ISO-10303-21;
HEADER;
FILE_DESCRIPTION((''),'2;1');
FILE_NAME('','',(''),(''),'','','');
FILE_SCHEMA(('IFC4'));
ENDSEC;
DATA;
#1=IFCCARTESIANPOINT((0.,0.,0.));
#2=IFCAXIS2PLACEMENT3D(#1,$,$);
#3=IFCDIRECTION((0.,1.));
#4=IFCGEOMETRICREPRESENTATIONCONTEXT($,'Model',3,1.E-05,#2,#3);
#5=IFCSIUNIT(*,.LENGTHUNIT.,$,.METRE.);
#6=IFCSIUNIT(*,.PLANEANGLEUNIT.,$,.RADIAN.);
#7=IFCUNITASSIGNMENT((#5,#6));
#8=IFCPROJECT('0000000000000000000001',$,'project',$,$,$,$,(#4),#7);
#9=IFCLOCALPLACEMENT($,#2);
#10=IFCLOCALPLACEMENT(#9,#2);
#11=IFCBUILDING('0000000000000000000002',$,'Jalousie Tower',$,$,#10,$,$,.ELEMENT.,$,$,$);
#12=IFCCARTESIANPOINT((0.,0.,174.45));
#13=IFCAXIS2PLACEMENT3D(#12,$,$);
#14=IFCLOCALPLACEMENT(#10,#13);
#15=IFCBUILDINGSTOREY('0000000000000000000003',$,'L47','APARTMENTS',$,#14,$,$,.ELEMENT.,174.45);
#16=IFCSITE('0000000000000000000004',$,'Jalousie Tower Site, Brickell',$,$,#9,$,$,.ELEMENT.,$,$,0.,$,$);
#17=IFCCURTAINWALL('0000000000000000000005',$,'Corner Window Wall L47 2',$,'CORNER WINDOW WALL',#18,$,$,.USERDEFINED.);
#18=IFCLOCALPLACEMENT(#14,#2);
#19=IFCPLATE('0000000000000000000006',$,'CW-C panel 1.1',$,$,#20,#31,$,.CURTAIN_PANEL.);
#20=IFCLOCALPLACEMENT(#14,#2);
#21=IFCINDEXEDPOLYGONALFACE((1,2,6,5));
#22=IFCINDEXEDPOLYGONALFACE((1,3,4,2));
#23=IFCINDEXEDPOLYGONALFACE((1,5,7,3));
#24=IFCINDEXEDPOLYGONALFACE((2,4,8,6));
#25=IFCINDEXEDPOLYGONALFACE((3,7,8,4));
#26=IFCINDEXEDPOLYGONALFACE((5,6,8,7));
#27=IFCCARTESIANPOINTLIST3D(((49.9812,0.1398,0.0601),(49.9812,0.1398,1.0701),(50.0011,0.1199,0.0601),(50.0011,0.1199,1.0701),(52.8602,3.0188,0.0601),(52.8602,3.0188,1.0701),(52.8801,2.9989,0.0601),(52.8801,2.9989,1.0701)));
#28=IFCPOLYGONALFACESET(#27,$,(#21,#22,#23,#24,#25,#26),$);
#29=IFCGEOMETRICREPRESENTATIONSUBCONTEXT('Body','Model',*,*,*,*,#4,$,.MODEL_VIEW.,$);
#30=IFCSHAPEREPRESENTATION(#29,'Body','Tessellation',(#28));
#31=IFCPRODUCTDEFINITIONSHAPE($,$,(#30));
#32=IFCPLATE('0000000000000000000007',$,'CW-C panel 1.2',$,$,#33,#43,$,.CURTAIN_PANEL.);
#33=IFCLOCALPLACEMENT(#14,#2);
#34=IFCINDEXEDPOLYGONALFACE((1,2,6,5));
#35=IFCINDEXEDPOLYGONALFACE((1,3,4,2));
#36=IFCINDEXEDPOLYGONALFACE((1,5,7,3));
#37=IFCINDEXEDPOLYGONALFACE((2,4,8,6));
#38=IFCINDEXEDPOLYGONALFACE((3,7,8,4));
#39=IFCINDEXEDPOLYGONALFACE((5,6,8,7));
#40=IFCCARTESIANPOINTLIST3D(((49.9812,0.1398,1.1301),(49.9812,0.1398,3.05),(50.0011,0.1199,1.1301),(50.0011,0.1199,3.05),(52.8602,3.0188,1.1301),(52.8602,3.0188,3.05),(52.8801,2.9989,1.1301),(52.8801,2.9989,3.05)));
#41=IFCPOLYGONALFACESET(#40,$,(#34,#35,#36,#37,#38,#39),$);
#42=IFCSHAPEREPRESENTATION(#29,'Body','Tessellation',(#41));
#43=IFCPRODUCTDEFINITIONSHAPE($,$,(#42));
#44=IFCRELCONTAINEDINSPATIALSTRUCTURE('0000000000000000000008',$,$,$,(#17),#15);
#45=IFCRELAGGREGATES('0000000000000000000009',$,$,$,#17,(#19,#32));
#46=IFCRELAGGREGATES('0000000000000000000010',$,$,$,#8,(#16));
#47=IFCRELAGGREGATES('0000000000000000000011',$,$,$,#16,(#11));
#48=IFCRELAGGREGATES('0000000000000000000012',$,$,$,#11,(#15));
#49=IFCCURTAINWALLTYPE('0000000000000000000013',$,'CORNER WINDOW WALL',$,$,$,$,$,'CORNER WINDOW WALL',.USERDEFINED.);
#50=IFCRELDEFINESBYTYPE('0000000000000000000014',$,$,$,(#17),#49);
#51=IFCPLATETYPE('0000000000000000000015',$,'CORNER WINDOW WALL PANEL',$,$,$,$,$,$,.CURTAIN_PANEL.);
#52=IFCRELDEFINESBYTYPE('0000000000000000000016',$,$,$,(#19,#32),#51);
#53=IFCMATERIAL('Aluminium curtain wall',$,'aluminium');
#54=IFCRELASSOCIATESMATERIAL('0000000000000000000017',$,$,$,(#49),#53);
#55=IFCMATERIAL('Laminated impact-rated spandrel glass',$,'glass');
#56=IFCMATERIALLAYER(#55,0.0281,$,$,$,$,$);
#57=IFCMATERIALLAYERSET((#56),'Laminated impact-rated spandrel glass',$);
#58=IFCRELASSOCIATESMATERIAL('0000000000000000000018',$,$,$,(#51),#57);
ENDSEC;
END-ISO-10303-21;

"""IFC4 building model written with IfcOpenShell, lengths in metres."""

from ifc_helpers import new_model, si_unit, direction, frame, origin, origin_2d, place, context, subcontext, project, spatial, rectangle, extrude, material, layer, layer_set, type_object, element, aggregate, save


model = new_model("IFC4")

# Units and contexts
model_context = context("Model", 3, precision=1e-05, world=origin(), true_north=direction((0.0, 1.0)))
body_context = subcontext(model_context, "Body", "Model", "MODEL_VIEW")
ifc_project = project(units=[si_unit("LENGTHUNIT", "METRE"), si_unit("PLANEANGLEUNIT", "RADIAN")], contexts=[model_context])

# Site, building, storey
site_placement = place(None, origin())
site = spatial("IfcSite", under=ifc_project, at=site_placement, Name="Jalousie Tower Site, Brickell", CompositionType="ELEMENT", RefElevation=0.0)
building_placement = place(site_placement, origin())
building = spatial("IfcBuilding", under=site, at=building_placement, Name="Jalousie Tower", CompositionType="ELEMENT")
storey_placement = place(building_placement, frame((0.0, 0.0, 174.45)))
storey = spatial("IfcBuildingStorey", under=building, at=storey_placement, Name="L47", Description="APARTMENTS", CompositionType="ELEMENT", Elevation=174.45)

# Curtain wall
ifc_material_1 = material(Name="Aluminium curtain wall", Category="aluminium")
curtain_wall_type_1 = type_object("IfcCurtainWallType", Name="CORNER WINDOW WALL", ElementType="CORNER WINDOW WALL", PredefinedType="USERDEFINED", material=ifc_material_1)
curtain_wall_1_placement = place(storey_placement, origin())
curtain_wall_1 = element("IfcCurtainWall", 1, at=curtain_wall_1_placement, inside=storey, type_object=curtain_wall_type_1, Name="Corner Window Wall L47 2", ObjectType="CORNER WINDOW WALL", PredefinedType="USERDEFINED")

# Plates
ifc_material_2 = material(Name="Laminated impact-rated spandrel glass", Category="glass")
ifc_layer = layer(ifc_material_2, 0.0281)
ifc_layer_set = layer_set([ifc_layer], Name="Laminated impact-rated spandrel glass")
plate_type = type_object("IfcPlateType", Name="CORNER WINDOW WALL PANEL", PredefinedType="CURTAIN_PANEL", material=ifc_layer_set)
plate_1_placement = place(storey_placement, frame((51.4307, 1.5693, 0.0601), z_axis=(0.0, 0.0, 1.0), x_axis=(0.707107, 0.707107, 0.0)))
plate_1 = element("IfcPlate", 2, at=plate_1_placement, type_object=plate_type, Name="CW-C panel 1.1", PredefinedType="CURTAIN_PANEL", context=body_context, shape_type="SweptSolid", body=[
    extrude(rectangle(XDim=4.0715, YDim=0.0281, at=origin_2d()), origin(), (0.0, 0.0, 1.0), 1.01),
])
plate_2_placement = place(storey_placement, frame((51.4307, 1.5693, 1.1301), z_axis=(0.0, 0.0, 1.0), x_axis=(0.707107, 0.707107, 0.0)))
plate_2 = element("IfcPlate", 3, at=plate_2_placement, type_object=plate_type, Name="CW-C panel 1.2", PredefinedType="CURTAIN_PANEL", context=body_context, shape_type="SweptSolid", body=[
    extrude(rectangle(XDim=4.0715, YDim=0.0281, at=origin_2d()), origin(), (0.0, 0.0, 1.0), 1.9199),
])
aggregate(curtain_wall_1, [plate_1, plate_2])

save(model, "model.ifc")
